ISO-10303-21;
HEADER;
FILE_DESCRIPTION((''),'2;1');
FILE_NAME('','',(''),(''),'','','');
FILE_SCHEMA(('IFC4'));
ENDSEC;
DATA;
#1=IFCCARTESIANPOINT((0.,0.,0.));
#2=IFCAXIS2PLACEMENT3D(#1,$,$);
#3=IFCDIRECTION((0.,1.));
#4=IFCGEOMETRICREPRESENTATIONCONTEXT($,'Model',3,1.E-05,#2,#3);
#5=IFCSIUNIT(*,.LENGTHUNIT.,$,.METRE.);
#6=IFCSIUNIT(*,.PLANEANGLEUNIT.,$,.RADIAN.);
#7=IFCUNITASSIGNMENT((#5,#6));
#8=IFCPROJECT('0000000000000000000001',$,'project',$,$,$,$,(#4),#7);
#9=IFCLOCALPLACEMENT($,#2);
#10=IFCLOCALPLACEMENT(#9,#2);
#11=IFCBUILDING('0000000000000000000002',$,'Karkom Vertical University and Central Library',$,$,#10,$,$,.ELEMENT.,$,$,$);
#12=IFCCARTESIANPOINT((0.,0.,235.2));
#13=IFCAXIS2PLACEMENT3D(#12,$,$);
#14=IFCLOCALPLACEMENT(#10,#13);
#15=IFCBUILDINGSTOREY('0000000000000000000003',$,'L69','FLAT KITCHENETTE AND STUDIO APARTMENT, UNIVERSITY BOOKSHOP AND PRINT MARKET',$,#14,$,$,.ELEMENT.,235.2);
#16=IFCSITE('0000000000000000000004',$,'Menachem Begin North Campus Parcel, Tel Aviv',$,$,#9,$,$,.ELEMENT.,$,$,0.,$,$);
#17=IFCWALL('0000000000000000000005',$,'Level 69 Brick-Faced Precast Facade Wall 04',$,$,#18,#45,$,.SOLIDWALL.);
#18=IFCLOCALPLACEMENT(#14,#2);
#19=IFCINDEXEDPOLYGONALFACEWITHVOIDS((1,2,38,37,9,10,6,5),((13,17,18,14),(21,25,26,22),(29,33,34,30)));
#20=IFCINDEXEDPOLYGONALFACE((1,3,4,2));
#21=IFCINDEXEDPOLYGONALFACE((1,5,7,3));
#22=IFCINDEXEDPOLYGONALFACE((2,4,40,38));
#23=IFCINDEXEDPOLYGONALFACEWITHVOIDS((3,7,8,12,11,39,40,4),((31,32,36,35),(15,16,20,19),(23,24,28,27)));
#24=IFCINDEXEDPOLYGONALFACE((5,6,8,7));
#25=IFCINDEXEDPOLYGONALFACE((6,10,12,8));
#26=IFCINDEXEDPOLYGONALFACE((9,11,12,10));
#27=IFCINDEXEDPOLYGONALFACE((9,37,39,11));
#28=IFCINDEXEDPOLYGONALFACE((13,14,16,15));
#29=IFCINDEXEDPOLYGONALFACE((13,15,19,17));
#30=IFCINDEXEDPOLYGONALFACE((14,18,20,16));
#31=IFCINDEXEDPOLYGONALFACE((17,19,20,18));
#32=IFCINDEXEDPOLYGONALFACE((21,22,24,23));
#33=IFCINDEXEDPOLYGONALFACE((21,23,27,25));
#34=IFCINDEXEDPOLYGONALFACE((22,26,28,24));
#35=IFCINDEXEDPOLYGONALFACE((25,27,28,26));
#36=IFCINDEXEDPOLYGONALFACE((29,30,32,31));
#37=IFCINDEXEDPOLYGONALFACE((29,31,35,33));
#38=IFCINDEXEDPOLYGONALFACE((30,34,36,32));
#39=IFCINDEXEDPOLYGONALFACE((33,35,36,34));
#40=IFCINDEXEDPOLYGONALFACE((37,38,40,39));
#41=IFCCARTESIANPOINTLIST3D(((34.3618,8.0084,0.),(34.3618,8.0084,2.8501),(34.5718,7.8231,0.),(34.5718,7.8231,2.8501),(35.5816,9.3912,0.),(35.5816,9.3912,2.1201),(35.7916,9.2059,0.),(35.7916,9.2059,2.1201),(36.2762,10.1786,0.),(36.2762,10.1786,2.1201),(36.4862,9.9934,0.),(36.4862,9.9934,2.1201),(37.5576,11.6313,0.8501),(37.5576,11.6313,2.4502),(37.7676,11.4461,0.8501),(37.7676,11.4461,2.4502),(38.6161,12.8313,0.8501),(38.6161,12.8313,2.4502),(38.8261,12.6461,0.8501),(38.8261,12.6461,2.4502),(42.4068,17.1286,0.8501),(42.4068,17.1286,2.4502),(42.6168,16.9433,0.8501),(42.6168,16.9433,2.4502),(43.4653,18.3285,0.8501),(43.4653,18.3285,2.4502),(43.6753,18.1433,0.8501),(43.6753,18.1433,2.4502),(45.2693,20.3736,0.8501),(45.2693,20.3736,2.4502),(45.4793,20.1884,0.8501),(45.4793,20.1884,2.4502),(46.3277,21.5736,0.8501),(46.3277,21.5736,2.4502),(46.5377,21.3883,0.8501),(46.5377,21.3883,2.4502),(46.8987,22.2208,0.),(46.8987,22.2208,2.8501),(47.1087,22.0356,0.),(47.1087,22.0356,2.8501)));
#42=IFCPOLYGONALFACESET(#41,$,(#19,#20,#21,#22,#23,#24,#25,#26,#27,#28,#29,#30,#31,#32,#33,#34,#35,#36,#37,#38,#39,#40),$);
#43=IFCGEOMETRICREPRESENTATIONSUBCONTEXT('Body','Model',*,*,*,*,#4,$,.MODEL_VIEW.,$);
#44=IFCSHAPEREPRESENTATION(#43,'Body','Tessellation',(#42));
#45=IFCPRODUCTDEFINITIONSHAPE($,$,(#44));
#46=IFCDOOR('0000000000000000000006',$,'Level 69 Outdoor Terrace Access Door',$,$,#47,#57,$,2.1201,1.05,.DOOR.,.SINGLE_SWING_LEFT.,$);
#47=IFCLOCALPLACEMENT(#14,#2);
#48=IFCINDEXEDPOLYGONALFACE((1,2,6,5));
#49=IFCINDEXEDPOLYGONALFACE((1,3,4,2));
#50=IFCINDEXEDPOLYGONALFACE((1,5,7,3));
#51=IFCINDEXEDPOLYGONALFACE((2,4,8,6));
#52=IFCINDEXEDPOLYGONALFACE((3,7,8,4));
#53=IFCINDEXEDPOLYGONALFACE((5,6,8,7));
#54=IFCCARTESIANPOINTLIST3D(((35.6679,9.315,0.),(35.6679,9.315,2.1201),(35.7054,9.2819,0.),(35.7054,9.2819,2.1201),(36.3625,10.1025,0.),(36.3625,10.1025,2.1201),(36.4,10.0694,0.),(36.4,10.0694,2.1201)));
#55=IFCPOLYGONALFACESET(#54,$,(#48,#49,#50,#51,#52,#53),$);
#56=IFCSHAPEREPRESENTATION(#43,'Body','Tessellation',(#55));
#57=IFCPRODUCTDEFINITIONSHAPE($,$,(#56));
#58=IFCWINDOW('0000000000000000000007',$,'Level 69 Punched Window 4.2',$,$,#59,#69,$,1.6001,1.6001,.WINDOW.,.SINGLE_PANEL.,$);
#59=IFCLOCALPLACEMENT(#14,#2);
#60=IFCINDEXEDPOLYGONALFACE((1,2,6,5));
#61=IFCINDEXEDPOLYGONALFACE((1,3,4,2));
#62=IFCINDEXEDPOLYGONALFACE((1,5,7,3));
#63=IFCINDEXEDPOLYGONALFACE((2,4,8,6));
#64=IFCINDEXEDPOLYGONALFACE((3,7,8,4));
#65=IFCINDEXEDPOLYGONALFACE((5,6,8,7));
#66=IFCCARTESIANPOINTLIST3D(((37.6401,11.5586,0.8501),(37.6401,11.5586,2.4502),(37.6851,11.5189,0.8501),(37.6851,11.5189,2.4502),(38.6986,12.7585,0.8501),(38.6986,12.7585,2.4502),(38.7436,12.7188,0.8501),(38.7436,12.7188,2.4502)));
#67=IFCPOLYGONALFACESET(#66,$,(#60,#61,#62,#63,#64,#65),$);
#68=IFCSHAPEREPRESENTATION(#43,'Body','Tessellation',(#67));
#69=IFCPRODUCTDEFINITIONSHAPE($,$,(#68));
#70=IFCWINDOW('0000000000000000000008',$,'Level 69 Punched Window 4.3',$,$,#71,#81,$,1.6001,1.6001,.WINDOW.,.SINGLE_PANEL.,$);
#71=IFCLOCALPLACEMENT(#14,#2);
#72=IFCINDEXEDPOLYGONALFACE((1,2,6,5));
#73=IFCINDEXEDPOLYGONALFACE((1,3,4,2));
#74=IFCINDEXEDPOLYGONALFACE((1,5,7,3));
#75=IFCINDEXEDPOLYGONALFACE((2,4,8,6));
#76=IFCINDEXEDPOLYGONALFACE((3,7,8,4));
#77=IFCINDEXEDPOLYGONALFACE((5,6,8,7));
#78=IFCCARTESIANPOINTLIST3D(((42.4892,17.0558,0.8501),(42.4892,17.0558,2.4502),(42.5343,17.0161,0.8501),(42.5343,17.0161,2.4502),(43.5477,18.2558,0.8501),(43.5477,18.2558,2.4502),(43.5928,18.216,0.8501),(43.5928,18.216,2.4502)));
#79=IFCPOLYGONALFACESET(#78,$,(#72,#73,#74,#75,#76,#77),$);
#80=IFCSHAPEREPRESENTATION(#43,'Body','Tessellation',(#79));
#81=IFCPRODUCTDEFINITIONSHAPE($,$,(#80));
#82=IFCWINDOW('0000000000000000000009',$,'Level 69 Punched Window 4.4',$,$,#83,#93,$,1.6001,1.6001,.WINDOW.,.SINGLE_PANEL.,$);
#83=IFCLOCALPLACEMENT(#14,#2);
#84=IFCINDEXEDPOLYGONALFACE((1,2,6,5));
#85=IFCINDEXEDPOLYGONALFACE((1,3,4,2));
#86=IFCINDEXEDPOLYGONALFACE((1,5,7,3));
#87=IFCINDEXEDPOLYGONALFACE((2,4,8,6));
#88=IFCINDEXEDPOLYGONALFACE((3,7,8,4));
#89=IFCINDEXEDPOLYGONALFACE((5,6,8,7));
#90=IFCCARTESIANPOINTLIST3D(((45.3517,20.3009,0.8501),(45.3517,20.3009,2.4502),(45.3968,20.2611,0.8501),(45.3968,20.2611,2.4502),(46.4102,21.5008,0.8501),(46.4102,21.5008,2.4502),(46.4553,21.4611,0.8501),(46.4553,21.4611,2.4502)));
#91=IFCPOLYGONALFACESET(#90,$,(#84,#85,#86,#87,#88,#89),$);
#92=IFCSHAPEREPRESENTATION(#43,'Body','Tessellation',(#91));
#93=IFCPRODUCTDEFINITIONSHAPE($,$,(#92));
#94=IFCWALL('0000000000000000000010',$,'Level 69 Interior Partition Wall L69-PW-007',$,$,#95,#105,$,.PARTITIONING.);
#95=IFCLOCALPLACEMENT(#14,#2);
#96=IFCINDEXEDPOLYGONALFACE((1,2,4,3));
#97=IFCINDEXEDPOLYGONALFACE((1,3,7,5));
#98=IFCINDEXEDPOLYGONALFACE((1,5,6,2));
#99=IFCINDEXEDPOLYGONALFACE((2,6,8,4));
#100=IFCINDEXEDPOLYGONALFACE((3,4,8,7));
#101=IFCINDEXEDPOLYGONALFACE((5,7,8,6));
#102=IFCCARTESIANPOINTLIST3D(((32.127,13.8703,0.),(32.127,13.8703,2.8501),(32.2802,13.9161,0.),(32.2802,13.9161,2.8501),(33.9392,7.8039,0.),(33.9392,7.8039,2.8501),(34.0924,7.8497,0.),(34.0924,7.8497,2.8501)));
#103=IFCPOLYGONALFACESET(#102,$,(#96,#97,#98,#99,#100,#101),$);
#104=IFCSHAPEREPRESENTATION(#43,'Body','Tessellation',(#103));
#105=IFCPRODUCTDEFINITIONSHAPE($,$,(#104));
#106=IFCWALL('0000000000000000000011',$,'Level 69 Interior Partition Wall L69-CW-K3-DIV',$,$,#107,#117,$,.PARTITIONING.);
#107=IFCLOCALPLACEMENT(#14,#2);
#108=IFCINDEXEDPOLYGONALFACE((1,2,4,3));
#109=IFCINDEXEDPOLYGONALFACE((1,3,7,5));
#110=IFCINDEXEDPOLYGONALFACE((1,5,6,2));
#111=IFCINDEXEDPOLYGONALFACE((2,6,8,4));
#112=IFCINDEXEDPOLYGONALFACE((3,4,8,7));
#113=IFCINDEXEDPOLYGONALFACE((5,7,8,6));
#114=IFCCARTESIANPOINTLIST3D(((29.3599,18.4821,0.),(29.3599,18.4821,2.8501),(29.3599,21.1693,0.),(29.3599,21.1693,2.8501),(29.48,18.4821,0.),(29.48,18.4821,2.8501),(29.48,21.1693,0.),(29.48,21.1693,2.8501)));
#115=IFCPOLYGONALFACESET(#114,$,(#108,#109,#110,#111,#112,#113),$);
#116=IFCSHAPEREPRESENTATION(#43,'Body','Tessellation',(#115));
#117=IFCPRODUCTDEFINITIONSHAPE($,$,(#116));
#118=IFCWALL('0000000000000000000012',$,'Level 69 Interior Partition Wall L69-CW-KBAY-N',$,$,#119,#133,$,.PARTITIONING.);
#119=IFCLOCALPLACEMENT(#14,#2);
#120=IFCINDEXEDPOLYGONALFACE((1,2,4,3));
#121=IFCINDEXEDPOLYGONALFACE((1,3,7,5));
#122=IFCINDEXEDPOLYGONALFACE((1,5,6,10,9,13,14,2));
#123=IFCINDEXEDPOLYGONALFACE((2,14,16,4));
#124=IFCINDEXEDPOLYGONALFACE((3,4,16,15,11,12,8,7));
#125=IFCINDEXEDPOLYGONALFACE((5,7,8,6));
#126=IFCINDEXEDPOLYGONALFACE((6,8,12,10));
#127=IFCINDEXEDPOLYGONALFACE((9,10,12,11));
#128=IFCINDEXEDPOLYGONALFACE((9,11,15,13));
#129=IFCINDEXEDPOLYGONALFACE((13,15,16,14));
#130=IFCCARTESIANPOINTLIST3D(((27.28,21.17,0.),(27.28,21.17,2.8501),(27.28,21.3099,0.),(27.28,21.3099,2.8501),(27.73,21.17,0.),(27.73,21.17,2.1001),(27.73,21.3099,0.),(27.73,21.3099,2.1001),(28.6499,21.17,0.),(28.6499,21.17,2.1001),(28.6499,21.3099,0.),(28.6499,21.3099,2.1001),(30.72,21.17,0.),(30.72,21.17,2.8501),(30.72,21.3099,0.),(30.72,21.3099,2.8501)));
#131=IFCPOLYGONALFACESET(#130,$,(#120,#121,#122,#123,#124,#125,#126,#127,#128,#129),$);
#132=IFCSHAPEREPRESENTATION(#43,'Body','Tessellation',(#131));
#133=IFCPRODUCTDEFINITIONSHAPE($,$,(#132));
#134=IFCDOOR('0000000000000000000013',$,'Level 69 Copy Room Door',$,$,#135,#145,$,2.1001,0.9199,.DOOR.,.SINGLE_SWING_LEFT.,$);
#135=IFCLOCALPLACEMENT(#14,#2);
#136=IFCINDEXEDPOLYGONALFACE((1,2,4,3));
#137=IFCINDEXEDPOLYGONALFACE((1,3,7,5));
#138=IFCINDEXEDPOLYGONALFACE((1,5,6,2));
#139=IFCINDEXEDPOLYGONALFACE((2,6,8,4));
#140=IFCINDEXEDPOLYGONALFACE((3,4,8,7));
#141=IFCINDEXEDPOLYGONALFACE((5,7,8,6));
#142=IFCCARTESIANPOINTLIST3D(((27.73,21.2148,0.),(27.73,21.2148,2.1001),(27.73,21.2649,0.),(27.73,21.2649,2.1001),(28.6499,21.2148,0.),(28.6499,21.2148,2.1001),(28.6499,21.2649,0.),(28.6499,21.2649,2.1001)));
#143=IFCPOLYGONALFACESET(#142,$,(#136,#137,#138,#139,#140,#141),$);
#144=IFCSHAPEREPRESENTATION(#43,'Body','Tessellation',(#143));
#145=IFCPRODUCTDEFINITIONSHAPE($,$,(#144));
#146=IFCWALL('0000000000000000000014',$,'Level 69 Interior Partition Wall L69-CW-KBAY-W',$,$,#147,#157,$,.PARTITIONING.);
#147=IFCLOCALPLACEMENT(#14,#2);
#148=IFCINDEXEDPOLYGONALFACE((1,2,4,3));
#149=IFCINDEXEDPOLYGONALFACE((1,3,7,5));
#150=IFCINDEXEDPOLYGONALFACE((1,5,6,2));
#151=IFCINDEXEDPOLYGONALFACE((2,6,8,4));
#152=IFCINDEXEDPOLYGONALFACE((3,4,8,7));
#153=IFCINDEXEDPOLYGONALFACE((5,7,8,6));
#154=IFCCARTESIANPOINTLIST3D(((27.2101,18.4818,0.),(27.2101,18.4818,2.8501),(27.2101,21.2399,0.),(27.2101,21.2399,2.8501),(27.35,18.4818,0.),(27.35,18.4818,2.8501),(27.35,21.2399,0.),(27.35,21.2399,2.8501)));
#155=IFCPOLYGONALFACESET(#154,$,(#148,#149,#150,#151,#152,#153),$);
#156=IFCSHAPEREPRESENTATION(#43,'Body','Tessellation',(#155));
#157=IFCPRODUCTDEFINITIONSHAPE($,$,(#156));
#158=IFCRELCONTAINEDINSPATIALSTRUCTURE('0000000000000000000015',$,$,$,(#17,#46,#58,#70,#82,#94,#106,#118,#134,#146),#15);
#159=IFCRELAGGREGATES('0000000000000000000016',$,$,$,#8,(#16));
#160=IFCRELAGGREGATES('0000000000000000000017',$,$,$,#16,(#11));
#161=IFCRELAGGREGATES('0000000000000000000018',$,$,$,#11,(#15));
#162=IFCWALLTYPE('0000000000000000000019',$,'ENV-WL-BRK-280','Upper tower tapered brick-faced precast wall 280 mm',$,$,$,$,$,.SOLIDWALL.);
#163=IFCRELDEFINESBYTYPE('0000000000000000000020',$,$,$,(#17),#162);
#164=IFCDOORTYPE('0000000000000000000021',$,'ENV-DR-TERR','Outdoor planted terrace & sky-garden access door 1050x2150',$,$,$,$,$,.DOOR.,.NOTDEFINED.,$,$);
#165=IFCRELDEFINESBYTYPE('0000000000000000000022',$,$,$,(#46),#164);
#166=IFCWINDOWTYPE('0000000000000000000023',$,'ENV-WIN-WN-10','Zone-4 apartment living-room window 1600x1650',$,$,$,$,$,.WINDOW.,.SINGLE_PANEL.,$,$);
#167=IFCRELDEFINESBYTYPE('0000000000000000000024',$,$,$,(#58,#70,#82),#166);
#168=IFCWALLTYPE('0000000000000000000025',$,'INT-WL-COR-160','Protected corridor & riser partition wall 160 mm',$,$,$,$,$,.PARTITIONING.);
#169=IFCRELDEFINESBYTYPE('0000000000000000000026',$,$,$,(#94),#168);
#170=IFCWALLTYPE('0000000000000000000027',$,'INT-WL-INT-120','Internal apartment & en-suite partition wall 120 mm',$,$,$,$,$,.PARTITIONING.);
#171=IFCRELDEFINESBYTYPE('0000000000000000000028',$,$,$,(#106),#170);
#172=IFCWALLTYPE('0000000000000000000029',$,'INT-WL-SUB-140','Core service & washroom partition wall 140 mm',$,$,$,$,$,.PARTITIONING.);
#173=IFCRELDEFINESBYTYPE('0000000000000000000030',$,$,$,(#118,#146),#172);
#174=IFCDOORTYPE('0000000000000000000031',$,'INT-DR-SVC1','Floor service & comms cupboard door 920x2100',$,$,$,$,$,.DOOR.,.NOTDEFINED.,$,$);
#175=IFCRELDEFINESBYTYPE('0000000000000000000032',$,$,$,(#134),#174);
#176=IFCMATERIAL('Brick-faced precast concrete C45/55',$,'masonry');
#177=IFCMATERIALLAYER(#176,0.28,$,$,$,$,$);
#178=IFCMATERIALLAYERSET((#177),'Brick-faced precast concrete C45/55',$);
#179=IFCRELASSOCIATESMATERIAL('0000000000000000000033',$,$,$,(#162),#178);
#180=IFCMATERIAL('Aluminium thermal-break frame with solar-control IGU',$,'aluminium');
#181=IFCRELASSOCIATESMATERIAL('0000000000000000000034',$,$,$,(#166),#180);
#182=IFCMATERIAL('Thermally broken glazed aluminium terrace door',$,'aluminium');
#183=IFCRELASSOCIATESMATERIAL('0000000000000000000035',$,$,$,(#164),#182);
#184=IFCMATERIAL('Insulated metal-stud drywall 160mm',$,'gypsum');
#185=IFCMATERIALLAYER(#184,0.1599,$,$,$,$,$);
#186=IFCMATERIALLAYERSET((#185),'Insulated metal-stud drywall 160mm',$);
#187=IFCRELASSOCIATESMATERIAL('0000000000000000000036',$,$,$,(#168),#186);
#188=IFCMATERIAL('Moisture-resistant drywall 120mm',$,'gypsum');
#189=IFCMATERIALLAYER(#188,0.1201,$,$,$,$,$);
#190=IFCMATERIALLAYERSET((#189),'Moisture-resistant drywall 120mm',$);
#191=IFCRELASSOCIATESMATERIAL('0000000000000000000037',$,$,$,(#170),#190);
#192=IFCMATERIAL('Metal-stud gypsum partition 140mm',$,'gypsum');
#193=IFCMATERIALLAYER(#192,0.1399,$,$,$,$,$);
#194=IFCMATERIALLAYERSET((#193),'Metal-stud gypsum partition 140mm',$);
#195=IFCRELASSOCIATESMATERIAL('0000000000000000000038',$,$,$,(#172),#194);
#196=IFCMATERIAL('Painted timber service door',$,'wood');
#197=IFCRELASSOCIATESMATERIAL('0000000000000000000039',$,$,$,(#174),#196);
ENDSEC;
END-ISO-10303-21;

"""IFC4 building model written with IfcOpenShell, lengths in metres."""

from ifc_helpers import new_model, si_unit, direction, frame, frame_2d, origin, origin_with_axes, place, context, subcontext, project, spatial, rectangle, extrude, source, transform, mapped, material, layer, layer_set, type_object, element, fill, save


model = new_model("IFC4")

# Units and contexts
model_context = context("Model", 3, precision=1e-05, world=origin(), true_north=direction((0.0, 1.0)))
body_context = subcontext(model_context, "Body", "Model", "MODEL_VIEW")
ifc_project = project(units=[si_unit("LENGTHUNIT", "METRE"), si_unit("PLANEANGLEUNIT", "RADIAN")], contexts=[model_context])

# Site, building, storey
site_placement = place(None, origin())
site = spatial("IfcSite", under=ifc_project, at=site_placement, Name="Menachem Begin North Campus Parcel, Tel Aviv", CompositionType="ELEMENT", RefElevation=0.0)
building_placement = place(site_placement, origin())
building = spatial("IfcBuilding", under=site, at=building_placement, Name="Karkom Vertical University and Central Library", CompositionType="ELEMENT")
storey_placement = place(building_placement, frame((0.0, 0.0, 235.2)))
storey = spatial("IfcBuildingStorey", under=building, at=storey_placement, Name="L69", Description="FLAT KITCHENETTE AND STUDIO APARTMENT, UNIVERSITY BOOKSHOP AND PRINT MARKET", CompositionType="ELEMENT", Elevation=235.2)

# Shared definitions
ifc_material_1 = material(Name="Brick-faced precast concrete C45/55", Category="masonry")
ifc_layer_1 = layer(ifc_material_1, 0.28)
ifc_layer_set_1 = layer_set([ifc_layer_1], Name="Brick-faced precast concrete C45/55")
wall_type_1 = type_object("IfcWallType", Name="ENV-WL-BRK-280", Description="Upper tower tapered brick-faced precast wall 280 mm", PredefinedType="SOLIDWALL", material=ifc_layer_set_1)
ifc_material_2 = material(Name="Aluminium thermal-break frame with solar-control IGU", Category="aluminium")
window_type = type_object("IfcWindowType", Name="ENV-WIN-WN-10", Description="Zone-4 apartment living-room window 1600x1650", PartitioningType="SINGLE_PANEL", PredefinedType="WINDOW", material=ifc_material_2)
shared_shape_1 = source(origin_with_axes(), body_context, "Body", "SweptSolid", [
    extrude(rectangle(XDim=1.6001, YDim=1.6001, at=frame_2d((0.8, 0.8))), frame((0.0, 0.03, 0.0), z_axis=(0.0, -1.0, 0.0), x_axis=(1.0, 0.0, 0.0)), (0.0, 0.0, 1.0), 0.0601),
])

# Wall, openings, door, windows
wall_1_placement = place(storey_placement, frame((34.4668, 7.9158, 0.0), z_axis=(0.0, 0.0, 1.0), x_axis=(0.661518, 0.749929, 0.0)))
wall_1 = element("IfcWall", 1, at=wall_1_placement, inside=storey, type_object=wall_type_1, Name="Level 69 Brick-Faced Precast Facade Wall 04", PredefinedType="SOLIDWALL", context=body_context, shape_type="SweptSolid", body=[
    extrude(rectangle(XDim=18.9517, YDim=0.28, at=frame_2d((9.4758, 0.0))), origin(), (0.0, 0.0, 1.0), 2.8501),
])
opening_1_placement = place(wall_1_placement, frame((4.8311, 0.0, 0.8501)))
opening_1 = element("IfcOpeningElement", 2, at=opening_1_placement, cuts=wall_1, PredefinedType="OPENING", context=body_context, shape_type="SweptSolid", body=[
    extrude(rectangle(XDim=1.6001, YDim=1.6001, at=frame_2d((0.8, 0.8))), frame((0.0, 0.1499, 0.0), z_axis=(0.0, -1.0, 0.0), x_axis=(1.0, 0.0, 0.0)), (0.0, 0.0, 1.0), 0.3),
])
opening_2_placement = place(wall_1_placement, frame((12.1614, 0.0, 0.8501)))
opening_2 = element("IfcOpeningElement", 3, at=opening_2_placement, cuts=wall_1, PredefinedType="OPENING", context=body_context, shape_type="SweptSolid", body=[
    extrude(rectangle(XDim=1.6001, YDim=1.6001, at=frame_2d((0.8, 0.8))), frame((0.0, 0.1499, 0.0), z_axis=(0.0, -1.0, 0.0), x_axis=(1.0, 0.0, 0.0)), (0.0, 0.0, 1.0), 0.3),
])
opening_3_placement = place(wall_1_placement, frame((16.4885, 0.0, 0.8501)))
opening_3 = element("IfcOpeningElement", 4, at=opening_3_placement, cuts=wall_1, PredefinedType="OPENING", context=body_context, shape_type="SweptSolid", body=[
    extrude(rectangle(XDim=1.6001, YDim=1.6001, at=frame_2d((0.8, 0.8))), frame((0.0, 0.1499, 0.0), z_axis=(0.0, -1.0, 0.0), x_axis=(1.0, 0.0, 0.0)), (0.0, 0.0, 1.0), 0.3),
])
opening_4_placement = place(wall_1_placement, frame((1.844, 0.0, 0.0)))
opening_4 = element("IfcOpeningElement", 5, at=opening_4_placement, cuts=wall_1, PredefinedType="OPENING", context=body_context, shape_type="SweptSolid", body=[
    extrude(rectangle(XDim=1.05, YDim=2.1201, at=frame_2d((0.5249, 1.0601))), frame((0.0, 0.1499, 0.0), z_axis=(0.0, -1.0, 0.0), x_axis=(1.0, 0.0, 0.0)), (0.0, 0.0, 1.0), 0.3),
])
ifc_material_3 = material(Name="Thermally broken glazed aluminium terrace door", Category="aluminium")
door_type_1 = type_object("IfcDoorType", Name="ENV-DR-TERR", Description="Outdoor planted terrace & sky-garden access door 1050x2150", OperationType="NOTDEFINED", PredefinedType="DOOR", material=ifc_material_3)
shared_shape_2 = source(origin_with_axes(), body_context, "Body", "SweptSolid", [
    extrude(rectangle(XDim=1.05, YDim=2.1201, at=frame_2d((0.5249, 1.0601))), frame((0.0, 0.0249, 0.0), z_axis=(0.0, -1.0, 0.0), x_axis=(1.0, 0.0, 0.0)), (0.0, 0.0, 1.0), 0.05),
])
door_1_placement = place(opening_4_placement, origin())
door_1 = element("IfcDoor", 6, at=door_1_placement, inside=storey, type_object=door_type_1, Name="Level 69 Outdoor Terrace Access Door", OperationType="SINGLE_SWING_LEFT", OverallHeight=2.1201, OverallWidth=1.05, PredefinedType="DOOR", context=body_context, shape_type="MappedRepresentation", body=[
    mapped(shared_shape_2, transform((0.0, 0.0, 0.0), scale=1.0)),
])
fill(opening_4, door_1)
window_1_placement = place(opening_1_placement, origin())
window_1 = element("IfcWindow", 7, at=window_1_placement, inside=storey, type_object=window_type, Name="Level 69 Punched Window 4.2", OverallHeight=1.6001, OverallWidth=1.6001, PartitioningType="SINGLE_PANEL", PredefinedType="WINDOW", context=body_context, shape_type="MappedRepresentation", body=[
    mapped(shared_shape_1, transform((0.0, 0.0, 0.0), scale=1.0)),
])
fill(opening_1, window_1)
window_2_placement = place(opening_2_placement, origin())
window_2 = element("IfcWindow", 8, at=window_2_placement, inside=storey, type_object=window_type, Name="Level 69 Punched Window 4.3", OverallHeight=1.6001, OverallWidth=1.6001, PartitioningType="SINGLE_PANEL", PredefinedType="WINDOW", context=body_context, shape_type="MappedRepresentation", body=[
    mapped(shared_shape_1, transform((0.0, 0.0, 0.0), scale=1.0)),
])
fill(opening_2, window_2)
window_3_placement = place(opening_3_placement, origin())
window_3 = element("IfcWindow", 9, at=window_3_placement, inside=storey, type_object=window_type, Name="Level 69 Punched Window 4.4", OverallHeight=1.6001, OverallWidth=1.6001, PartitioningType="SINGLE_PANEL", PredefinedType="WINDOW", context=body_context, shape_type="MappedRepresentation", body=[
    mapped(shared_shape_1, transform((0.0, 0.0, 0.0), scale=1.0)),
])
fill(opening_3, window_3)

# Walls
ifc_material_4 = material(Name="Insulated metal-stud drywall 160mm", Category="gypsum")
ifc_layer_2 = layer(ifc_material_4, 0.1599)
ifc_layer_set_2 = layer_set([ifc_layer_2], Name="Insulated metal-stud drywall 160mm")
wall_type_2 = type_object("IfcWallType", Name="INT-WL-COR-160", Description="Protected corridor & riser partition wall 160 mm", PredefinedType="PARTITIONING", material=ifc_layer_set_2)
wall_2_placement = place(storey_placement, frame((32.2036, 13.8931, 0.0), z_axis=(0.0, 0.0, 1.0), x_axis=(0.286237, -0.958159, 0.0)))
element("IfcWall", 10, at=wall_2_placement, inside=storey, type_object=wall_type_2, Name="Level 69 Interior Partition Wall L69-PW-007", PredefinedType="PARTITIONING", context=body_context, shape_type="SweptSolid", body=[
    extrude(rectangle(XDim=6.3313, YDim=0.1599, at=frame_2d((3.1655, 0.0))), origin(), (0.0, 0.0, 1.0), 2.8501),
])
ifc_material_5 = material(Name="Moisture-resistant drywall 120mm", Category="gypsum")
ifc_layer_3 = layer(ifc_material_5, 0.1201)
ifc_layer_set_3 = layer_set([ifc_layer_3], Name="Moisture-resistant drywall 120mm")
wall_type_3 = type_object("IfcWallType", Name="INT-WL-INT-120", Description="Internal apartment & en-suite partition wall 120 mm", PredefinedType="PARTITIONING", material=ifc_layer_set_3)
wall_3_placement = place(storey_placement, frame((29.4199, 18.4819, 0.0), z_axis=(0.0, 0.0, 1.0), x_axis=(0.0, 1.0, 0.0)))
element("IfcWall", 11, at=wall_3_placement, inside=storey, type_object=wall_type_3, Name="Level 69 Interior Partition Wall L69-CW-K3-DIV", PredefinedType="PARTITIONING", context=body_context, shape_type="SweptSolid", body=[
    extrude(rectangle(XDim=2.6873, YDim=0.1201, at=frame_2d((1.3438, 0.0))), origin(), (0.0, 0.0, 1.0), 2.8501),
])

# Wall, opening, door
ifc_material_6 = material(Name="Metal-stud gypsum partition 140mm", Category="gypsum")
ifc_layer_4 = layer(ifc_material_6, 0.1399)
ifc_layer_set_4 = layer_set([ifc_layer_4], Name="Metal-stud gypsum partition 140mm")
wall_type_4 = type_object("IfcWallType", Name="INT-WL-SUB-140", Description="Core service & washroom partition wall 140 mm", PredefinedType="PARTITIONING", material=ifc_layer_set_4)
wall_4_placement = place(storey_placement, frame((27.28, 21.24, 0.0), z_axis=(0.0, 0.0, 1.0), x_axis=(1.0, 0.0, 0.0)))
wall_4 = element("IfcWall", 12, at=wall_4_placement, inside=storey, type_object=wall_type_4, Name="Level 69 Interior Partition Wall L69-CW-KBAY-N", PredefinedType="PARTITIONING", context=body_context, shape_type="SweptSolid", body=[
    extrude(rectangle(XDim=3.4399, YDim=0.1399, at=frame_2d((1.72, 0.0))), origin(), (0.0, 0.0, 1.0), 2.8501),
])
opening_5_placement = place(wall_4_placement, frame((0.45, 0.0, 0.0)))
opening_5 = element("IfcOpeningElement", 13, at=opening_5_placement, cuts=wall_4, PredefinedType="OPENING", context=body_context, shape_type="SweptSolid", body=[
    extrude(rectangle(XDim=0.9199, YDim=2.1001, at=frame_2d((0.46, 1.05))), frame((0.0, 0.0801, 0.0), z_axis=(0.0, -1.0, 0.0), x_axis=(1.0, 0.0, 0.0)), (0.0, 0.0, 1.0), 0.1599),
])
ifc_material_7 = material(Name="Painted timber service door", Category="wood")
door_type_2 = type_object("IfcDoorType", Name="INT-DR-SVC1", Description="Floor service & comms cupboard door 920x2100", OperationType="NOTDEFINED", PredefinedType="DOOR", material=ifc_material_7)
shared_shape_3 = source(origin_with_axes(), body_context, "Body", "SweptSolid", [
    extrude(rectangle(XDim=0.9199, YDim=2.1001, at=frame_2d((0.46, 1.05))), frame((0.0, 0.0249, 0.0), z_axis=(0.0, -1.0, 0.0), x_axis=(1.0, 0.0, 0.0)), (0.0, 0.0, 1.0), 0.05),
])
door_2_placement = place(opening_5_placement, origin())
door_2 = element("IfcDoor", 14, at=door_2_placement, inside=storey, type_object=door_type_2, Name="Level 69 Copy Room Door", OperationType="SINGLE_SWING_LEFT", OverallHeight=2.1001, OverallWidth=0.9199, PredefinedType="DOOR", context=body_context, shape_type="MappedRepresentation", body=[
    mapped(shared_shape_3, transform((0.0, 0.0, 0.0), scale=1.0)),
])
fill(opening_5, door_2)

# Wall
wall_5_placement = place(storey_placement, frame((27.28, 18.4819, 0.0), z_axis=(0.0, 0.0, 1.0), x_axis=(0.0, 1.0, 0.0)))
element("IfcWall", 15, at=wall_5_placement, inside=storey, type_object=wall_type_4, Name="Level 69 Interior Partition Wall L69-CW-KBAY-W", PredefinedType="PARTITIONING", context=body_context, shape_type="SweptSolid", body=[
    extrude(rectangle(XDim=2.7581, YDim=0.1399, at=frame_2d((1.3789, 0.0))), origin(), (0.0, 0.0, 1.0), 2.8501),
])

save(model, "model.ifc")
